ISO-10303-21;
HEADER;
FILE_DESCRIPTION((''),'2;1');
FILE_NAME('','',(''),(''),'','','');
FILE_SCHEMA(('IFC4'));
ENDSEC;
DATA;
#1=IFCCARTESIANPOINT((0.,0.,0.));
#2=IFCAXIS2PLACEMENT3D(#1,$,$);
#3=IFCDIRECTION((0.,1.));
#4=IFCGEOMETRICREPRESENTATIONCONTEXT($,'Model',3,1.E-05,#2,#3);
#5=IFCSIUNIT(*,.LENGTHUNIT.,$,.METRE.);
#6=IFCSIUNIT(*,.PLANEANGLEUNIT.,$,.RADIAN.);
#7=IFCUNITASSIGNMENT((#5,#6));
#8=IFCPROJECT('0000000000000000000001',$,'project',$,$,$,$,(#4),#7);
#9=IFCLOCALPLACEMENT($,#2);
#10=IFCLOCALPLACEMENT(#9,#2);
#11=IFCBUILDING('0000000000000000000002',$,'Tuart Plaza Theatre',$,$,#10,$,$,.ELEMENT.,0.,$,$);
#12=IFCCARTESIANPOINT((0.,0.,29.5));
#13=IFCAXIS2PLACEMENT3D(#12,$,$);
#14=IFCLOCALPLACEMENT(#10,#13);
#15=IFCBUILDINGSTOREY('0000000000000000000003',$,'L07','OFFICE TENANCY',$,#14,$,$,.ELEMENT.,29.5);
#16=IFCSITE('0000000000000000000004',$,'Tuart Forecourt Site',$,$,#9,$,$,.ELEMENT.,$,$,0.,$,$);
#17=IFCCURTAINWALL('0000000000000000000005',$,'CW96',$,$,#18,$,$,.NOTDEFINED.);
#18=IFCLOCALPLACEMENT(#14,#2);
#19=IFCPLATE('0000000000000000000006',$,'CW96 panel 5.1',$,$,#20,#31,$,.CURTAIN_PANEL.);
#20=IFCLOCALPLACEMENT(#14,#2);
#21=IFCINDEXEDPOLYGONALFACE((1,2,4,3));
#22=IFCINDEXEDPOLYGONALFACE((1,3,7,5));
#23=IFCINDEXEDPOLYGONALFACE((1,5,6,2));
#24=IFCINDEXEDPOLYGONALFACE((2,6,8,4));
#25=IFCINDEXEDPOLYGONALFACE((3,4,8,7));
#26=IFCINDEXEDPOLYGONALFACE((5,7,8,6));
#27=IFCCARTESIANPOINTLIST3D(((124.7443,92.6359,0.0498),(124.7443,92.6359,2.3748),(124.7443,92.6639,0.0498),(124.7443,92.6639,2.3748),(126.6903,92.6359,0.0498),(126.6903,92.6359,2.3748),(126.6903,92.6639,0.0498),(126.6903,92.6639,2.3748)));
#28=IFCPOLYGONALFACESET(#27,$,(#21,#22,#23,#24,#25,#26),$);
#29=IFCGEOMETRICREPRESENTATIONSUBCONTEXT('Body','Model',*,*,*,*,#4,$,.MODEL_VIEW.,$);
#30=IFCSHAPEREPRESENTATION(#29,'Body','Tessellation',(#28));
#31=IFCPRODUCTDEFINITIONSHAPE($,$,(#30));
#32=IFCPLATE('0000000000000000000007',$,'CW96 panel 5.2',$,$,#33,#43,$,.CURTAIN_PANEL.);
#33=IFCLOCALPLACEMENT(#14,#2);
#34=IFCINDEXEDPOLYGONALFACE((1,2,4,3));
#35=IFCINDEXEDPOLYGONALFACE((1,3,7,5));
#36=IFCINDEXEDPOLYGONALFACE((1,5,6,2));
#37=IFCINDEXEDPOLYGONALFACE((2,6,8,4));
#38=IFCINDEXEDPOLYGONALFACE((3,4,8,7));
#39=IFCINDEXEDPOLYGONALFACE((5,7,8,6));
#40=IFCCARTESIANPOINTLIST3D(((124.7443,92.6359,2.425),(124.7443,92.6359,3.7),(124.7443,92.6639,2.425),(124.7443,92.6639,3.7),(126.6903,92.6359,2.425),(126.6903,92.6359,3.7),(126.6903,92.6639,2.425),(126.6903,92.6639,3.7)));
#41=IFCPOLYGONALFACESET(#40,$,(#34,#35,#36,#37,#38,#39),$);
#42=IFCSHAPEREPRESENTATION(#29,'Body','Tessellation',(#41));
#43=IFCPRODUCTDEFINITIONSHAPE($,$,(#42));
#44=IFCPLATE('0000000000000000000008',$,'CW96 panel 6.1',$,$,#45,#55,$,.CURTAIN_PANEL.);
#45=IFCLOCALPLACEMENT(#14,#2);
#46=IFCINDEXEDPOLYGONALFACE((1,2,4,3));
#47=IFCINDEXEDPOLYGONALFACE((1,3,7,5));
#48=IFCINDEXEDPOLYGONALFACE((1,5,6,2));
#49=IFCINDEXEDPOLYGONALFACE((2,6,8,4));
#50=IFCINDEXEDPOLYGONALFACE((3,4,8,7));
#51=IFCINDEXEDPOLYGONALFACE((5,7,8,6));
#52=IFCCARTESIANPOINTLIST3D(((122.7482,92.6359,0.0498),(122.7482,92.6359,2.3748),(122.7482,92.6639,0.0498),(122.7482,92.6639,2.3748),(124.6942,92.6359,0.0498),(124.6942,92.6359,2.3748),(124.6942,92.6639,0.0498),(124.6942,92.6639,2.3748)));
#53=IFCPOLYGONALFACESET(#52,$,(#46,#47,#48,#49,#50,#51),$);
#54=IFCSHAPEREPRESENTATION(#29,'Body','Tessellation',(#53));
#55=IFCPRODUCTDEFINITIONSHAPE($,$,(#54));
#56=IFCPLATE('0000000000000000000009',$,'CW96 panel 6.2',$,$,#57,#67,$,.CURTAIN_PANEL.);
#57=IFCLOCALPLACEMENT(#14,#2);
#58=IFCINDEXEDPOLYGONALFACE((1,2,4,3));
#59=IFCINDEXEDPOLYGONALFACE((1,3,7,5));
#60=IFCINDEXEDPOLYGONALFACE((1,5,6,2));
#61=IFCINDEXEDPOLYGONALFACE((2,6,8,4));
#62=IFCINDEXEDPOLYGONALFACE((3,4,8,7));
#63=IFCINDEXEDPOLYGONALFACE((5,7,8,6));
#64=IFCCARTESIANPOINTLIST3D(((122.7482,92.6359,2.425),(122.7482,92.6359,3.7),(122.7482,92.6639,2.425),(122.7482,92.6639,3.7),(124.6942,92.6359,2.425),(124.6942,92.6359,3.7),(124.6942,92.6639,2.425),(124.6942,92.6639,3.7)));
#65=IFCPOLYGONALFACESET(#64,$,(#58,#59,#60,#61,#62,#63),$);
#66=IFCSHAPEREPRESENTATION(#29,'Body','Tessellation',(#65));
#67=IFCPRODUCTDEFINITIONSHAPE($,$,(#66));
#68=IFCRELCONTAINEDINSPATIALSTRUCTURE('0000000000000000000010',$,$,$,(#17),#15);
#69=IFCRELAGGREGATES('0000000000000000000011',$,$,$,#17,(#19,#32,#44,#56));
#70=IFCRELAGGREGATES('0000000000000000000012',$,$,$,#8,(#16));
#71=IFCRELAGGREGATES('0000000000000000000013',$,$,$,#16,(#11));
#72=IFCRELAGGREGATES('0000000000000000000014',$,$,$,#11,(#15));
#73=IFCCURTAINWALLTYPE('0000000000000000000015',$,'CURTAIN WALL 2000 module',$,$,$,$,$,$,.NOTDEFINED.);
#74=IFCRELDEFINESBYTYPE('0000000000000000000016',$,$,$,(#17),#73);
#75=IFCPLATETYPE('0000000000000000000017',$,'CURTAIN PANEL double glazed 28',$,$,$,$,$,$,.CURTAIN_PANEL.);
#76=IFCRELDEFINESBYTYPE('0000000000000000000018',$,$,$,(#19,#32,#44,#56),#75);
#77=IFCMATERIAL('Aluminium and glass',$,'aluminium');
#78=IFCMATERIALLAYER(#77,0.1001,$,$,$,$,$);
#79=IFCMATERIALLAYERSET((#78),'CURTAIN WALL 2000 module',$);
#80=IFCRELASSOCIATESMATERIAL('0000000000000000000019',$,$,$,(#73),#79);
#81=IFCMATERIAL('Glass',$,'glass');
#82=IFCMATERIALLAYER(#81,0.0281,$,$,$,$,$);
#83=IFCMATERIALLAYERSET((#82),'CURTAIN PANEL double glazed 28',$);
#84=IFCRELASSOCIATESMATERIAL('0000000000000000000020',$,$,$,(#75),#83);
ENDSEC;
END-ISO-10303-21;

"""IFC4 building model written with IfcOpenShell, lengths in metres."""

from ifc_helpers import new_model, si_unit, direction, frame, origin, origin_2d, place, context, subcontext, project, spatial, rectangle, extrude, material, layer, layer_set, type_object, element, aggregate, save


model = new_model("IFC4")

# Units and contexts
model_context = context("Model", 3, precision=1e-05, world=origin(), true_north=direction((0.0, 1.0)))
body_context = subcontext(model_context, "Body", "Model", "MODEL_VIEW")
ifc_project = project(units=[si_unit("LENGTHUNIT", "METRE"), si_unit("PLANEANGLEUNIT", "RADIAN")], contexts=[model_context])

# Site, building, storey
site_placement = place(None, origin())
site = spatial("IfcSite", under=ifc_project, at=site_placement, Name="Tuart Forecourt Site", CompositionType="ELEMENT", RefElevation=0.0)
building_placement = place(site_placement, origin())
building = spatial("IfcBuilding", under=site, at=building_placement, Name="Tuart Plaza Theatre", CompositionType="ELEMENT", ElevationOfRefHeight=0.0)
storey_placement = place(building_placement, frame((0.0, 0.0, 29.5)))
storey = spatial("IfcBuildingStorey", under=building, at=storey_placement, Name="L07", Description="OFFICE TENANCY", CompositionType="ELEMENT", Elevation=29.5)

# Curtain wall, plates
ifc_material_1 = material(Name="Aluminium and glass", Category="aluminium")
ifc_layer_1 = layer(ifc_material_1, 0.1001)
ifc_layer_set_1 = layer_set([ifc_layer_1], Name="CURTAIN WALL 2000 module")
curtain_wall_type = type_object("IfcCurtainWallType", Name="CURTAIN WALL 2000 module", PredefinedType="NOTDEFINED", material=ifc_layer_set_1)
curtain_wall_placement = place(storey_placement, origin())
curtain_wall = element("IfcCurtainWall", 1, at=curtain_wall_placement, inside=storey, type_object=curtain_wall_type, Name="CW96", PredefinedType="NOTDEFINED")
ifc_material_2 = material(Name="Glass", Category="glass")
ifc_layer_2 = layer(ifc_material_2, 0.0281)
ifc_layer_set_2 = layer_set([ifc_layer_2], Name="CURTAIN PANEL double glazed 28")
plate_type = type_object("IfcPlateType", Name="CURTAIN PANEL double glazed 28", PredefinedType="CURTAIN_PANEL", material=ifc_layer_set_2)
plate_1_placement = place(storey_placement, frame((125.7173, 92.6499, 0.0498), z_axis=(0.0, 0.0, 1.0), x_axis=(-1.0, 0.0, 0.0)))
plate_1 = element("IfcPlate", 2, at=plate_1_placement, type_object=plate_type, Name="CW96 panel 5.1", PredefinedType="CURTAIN_PANEL", context=body_context, shape_type="SweptSolid", body=[
    extrude(rectangle(XDim=1.946, YDim=0.0281, at=origin_2d()), origin(), (0.0, 0.0, 1.0), 2.325),
])
plate_2_placement = place(storey_placement, frame((125.7173, 92.6499, 2.425), z_axis=(0.0, 0.0, 1.0), x_axis=(-1.0, 0.0, 0.0)))
plate_2 = element("IfcPlate", 3, at=plate_2_placement, type_object=plate_type, Name="CW96 panel 5.2", PredefinedType="CURTAIN_PANEL", context=body_context, shape_type="SweptSolid", body=[
    extrude(rectangle(XDim=1.946, YDim=0.0281, at=origin_2d()), origin(), (0.0, 0.0, 1.0), 1.2749),
])
plate_3_placement = place(storey_placement, frame((123.7212, 92.6499, 0.0498), z_axis=(0.0, 0.0, 1.0), x_axis=(-1.0, 0.0, 0.0)))
plate_3 = element("IfcPlate", 4, at=plate_3_placement, type_object=plate_type, Name="CW96 panel 6.1", PredefinedType="CURTAIN_PANEL", context=body_context, shape_type="SweptSolid", body=[
    extrude(rectangle(XDim=1.946, YDim=0.0281, at=origin_2d()), origin(), (0.0, 0.0, 1.0), 2.325),
])
plate_4_placement = place(storey_placement, frame((123.7212, 92.6499, 2.425), z_axis=(0.0, 0.0, 1.0), x_axis=(-1.0, 0.0, 0.0)))
plate_4 = element("IfcPlate", 5, at=plate_4_placement, type_object=plate_type, Name="CW96 panel 6.2", PredefinedType="CURTAIN_PANEL", context=body_context, shape_type="SweptSolid", body=[
    extrude(rectangle(XDim=1.946, YDim=0.0281, at=origin_2d()), origin(), (0.0, 0.0, 1.0), 1.2749),
])
aggregate(curtain_wall, [plate_1, plate_2, plate_3, plate_4])

save(model, "model.ifc")
